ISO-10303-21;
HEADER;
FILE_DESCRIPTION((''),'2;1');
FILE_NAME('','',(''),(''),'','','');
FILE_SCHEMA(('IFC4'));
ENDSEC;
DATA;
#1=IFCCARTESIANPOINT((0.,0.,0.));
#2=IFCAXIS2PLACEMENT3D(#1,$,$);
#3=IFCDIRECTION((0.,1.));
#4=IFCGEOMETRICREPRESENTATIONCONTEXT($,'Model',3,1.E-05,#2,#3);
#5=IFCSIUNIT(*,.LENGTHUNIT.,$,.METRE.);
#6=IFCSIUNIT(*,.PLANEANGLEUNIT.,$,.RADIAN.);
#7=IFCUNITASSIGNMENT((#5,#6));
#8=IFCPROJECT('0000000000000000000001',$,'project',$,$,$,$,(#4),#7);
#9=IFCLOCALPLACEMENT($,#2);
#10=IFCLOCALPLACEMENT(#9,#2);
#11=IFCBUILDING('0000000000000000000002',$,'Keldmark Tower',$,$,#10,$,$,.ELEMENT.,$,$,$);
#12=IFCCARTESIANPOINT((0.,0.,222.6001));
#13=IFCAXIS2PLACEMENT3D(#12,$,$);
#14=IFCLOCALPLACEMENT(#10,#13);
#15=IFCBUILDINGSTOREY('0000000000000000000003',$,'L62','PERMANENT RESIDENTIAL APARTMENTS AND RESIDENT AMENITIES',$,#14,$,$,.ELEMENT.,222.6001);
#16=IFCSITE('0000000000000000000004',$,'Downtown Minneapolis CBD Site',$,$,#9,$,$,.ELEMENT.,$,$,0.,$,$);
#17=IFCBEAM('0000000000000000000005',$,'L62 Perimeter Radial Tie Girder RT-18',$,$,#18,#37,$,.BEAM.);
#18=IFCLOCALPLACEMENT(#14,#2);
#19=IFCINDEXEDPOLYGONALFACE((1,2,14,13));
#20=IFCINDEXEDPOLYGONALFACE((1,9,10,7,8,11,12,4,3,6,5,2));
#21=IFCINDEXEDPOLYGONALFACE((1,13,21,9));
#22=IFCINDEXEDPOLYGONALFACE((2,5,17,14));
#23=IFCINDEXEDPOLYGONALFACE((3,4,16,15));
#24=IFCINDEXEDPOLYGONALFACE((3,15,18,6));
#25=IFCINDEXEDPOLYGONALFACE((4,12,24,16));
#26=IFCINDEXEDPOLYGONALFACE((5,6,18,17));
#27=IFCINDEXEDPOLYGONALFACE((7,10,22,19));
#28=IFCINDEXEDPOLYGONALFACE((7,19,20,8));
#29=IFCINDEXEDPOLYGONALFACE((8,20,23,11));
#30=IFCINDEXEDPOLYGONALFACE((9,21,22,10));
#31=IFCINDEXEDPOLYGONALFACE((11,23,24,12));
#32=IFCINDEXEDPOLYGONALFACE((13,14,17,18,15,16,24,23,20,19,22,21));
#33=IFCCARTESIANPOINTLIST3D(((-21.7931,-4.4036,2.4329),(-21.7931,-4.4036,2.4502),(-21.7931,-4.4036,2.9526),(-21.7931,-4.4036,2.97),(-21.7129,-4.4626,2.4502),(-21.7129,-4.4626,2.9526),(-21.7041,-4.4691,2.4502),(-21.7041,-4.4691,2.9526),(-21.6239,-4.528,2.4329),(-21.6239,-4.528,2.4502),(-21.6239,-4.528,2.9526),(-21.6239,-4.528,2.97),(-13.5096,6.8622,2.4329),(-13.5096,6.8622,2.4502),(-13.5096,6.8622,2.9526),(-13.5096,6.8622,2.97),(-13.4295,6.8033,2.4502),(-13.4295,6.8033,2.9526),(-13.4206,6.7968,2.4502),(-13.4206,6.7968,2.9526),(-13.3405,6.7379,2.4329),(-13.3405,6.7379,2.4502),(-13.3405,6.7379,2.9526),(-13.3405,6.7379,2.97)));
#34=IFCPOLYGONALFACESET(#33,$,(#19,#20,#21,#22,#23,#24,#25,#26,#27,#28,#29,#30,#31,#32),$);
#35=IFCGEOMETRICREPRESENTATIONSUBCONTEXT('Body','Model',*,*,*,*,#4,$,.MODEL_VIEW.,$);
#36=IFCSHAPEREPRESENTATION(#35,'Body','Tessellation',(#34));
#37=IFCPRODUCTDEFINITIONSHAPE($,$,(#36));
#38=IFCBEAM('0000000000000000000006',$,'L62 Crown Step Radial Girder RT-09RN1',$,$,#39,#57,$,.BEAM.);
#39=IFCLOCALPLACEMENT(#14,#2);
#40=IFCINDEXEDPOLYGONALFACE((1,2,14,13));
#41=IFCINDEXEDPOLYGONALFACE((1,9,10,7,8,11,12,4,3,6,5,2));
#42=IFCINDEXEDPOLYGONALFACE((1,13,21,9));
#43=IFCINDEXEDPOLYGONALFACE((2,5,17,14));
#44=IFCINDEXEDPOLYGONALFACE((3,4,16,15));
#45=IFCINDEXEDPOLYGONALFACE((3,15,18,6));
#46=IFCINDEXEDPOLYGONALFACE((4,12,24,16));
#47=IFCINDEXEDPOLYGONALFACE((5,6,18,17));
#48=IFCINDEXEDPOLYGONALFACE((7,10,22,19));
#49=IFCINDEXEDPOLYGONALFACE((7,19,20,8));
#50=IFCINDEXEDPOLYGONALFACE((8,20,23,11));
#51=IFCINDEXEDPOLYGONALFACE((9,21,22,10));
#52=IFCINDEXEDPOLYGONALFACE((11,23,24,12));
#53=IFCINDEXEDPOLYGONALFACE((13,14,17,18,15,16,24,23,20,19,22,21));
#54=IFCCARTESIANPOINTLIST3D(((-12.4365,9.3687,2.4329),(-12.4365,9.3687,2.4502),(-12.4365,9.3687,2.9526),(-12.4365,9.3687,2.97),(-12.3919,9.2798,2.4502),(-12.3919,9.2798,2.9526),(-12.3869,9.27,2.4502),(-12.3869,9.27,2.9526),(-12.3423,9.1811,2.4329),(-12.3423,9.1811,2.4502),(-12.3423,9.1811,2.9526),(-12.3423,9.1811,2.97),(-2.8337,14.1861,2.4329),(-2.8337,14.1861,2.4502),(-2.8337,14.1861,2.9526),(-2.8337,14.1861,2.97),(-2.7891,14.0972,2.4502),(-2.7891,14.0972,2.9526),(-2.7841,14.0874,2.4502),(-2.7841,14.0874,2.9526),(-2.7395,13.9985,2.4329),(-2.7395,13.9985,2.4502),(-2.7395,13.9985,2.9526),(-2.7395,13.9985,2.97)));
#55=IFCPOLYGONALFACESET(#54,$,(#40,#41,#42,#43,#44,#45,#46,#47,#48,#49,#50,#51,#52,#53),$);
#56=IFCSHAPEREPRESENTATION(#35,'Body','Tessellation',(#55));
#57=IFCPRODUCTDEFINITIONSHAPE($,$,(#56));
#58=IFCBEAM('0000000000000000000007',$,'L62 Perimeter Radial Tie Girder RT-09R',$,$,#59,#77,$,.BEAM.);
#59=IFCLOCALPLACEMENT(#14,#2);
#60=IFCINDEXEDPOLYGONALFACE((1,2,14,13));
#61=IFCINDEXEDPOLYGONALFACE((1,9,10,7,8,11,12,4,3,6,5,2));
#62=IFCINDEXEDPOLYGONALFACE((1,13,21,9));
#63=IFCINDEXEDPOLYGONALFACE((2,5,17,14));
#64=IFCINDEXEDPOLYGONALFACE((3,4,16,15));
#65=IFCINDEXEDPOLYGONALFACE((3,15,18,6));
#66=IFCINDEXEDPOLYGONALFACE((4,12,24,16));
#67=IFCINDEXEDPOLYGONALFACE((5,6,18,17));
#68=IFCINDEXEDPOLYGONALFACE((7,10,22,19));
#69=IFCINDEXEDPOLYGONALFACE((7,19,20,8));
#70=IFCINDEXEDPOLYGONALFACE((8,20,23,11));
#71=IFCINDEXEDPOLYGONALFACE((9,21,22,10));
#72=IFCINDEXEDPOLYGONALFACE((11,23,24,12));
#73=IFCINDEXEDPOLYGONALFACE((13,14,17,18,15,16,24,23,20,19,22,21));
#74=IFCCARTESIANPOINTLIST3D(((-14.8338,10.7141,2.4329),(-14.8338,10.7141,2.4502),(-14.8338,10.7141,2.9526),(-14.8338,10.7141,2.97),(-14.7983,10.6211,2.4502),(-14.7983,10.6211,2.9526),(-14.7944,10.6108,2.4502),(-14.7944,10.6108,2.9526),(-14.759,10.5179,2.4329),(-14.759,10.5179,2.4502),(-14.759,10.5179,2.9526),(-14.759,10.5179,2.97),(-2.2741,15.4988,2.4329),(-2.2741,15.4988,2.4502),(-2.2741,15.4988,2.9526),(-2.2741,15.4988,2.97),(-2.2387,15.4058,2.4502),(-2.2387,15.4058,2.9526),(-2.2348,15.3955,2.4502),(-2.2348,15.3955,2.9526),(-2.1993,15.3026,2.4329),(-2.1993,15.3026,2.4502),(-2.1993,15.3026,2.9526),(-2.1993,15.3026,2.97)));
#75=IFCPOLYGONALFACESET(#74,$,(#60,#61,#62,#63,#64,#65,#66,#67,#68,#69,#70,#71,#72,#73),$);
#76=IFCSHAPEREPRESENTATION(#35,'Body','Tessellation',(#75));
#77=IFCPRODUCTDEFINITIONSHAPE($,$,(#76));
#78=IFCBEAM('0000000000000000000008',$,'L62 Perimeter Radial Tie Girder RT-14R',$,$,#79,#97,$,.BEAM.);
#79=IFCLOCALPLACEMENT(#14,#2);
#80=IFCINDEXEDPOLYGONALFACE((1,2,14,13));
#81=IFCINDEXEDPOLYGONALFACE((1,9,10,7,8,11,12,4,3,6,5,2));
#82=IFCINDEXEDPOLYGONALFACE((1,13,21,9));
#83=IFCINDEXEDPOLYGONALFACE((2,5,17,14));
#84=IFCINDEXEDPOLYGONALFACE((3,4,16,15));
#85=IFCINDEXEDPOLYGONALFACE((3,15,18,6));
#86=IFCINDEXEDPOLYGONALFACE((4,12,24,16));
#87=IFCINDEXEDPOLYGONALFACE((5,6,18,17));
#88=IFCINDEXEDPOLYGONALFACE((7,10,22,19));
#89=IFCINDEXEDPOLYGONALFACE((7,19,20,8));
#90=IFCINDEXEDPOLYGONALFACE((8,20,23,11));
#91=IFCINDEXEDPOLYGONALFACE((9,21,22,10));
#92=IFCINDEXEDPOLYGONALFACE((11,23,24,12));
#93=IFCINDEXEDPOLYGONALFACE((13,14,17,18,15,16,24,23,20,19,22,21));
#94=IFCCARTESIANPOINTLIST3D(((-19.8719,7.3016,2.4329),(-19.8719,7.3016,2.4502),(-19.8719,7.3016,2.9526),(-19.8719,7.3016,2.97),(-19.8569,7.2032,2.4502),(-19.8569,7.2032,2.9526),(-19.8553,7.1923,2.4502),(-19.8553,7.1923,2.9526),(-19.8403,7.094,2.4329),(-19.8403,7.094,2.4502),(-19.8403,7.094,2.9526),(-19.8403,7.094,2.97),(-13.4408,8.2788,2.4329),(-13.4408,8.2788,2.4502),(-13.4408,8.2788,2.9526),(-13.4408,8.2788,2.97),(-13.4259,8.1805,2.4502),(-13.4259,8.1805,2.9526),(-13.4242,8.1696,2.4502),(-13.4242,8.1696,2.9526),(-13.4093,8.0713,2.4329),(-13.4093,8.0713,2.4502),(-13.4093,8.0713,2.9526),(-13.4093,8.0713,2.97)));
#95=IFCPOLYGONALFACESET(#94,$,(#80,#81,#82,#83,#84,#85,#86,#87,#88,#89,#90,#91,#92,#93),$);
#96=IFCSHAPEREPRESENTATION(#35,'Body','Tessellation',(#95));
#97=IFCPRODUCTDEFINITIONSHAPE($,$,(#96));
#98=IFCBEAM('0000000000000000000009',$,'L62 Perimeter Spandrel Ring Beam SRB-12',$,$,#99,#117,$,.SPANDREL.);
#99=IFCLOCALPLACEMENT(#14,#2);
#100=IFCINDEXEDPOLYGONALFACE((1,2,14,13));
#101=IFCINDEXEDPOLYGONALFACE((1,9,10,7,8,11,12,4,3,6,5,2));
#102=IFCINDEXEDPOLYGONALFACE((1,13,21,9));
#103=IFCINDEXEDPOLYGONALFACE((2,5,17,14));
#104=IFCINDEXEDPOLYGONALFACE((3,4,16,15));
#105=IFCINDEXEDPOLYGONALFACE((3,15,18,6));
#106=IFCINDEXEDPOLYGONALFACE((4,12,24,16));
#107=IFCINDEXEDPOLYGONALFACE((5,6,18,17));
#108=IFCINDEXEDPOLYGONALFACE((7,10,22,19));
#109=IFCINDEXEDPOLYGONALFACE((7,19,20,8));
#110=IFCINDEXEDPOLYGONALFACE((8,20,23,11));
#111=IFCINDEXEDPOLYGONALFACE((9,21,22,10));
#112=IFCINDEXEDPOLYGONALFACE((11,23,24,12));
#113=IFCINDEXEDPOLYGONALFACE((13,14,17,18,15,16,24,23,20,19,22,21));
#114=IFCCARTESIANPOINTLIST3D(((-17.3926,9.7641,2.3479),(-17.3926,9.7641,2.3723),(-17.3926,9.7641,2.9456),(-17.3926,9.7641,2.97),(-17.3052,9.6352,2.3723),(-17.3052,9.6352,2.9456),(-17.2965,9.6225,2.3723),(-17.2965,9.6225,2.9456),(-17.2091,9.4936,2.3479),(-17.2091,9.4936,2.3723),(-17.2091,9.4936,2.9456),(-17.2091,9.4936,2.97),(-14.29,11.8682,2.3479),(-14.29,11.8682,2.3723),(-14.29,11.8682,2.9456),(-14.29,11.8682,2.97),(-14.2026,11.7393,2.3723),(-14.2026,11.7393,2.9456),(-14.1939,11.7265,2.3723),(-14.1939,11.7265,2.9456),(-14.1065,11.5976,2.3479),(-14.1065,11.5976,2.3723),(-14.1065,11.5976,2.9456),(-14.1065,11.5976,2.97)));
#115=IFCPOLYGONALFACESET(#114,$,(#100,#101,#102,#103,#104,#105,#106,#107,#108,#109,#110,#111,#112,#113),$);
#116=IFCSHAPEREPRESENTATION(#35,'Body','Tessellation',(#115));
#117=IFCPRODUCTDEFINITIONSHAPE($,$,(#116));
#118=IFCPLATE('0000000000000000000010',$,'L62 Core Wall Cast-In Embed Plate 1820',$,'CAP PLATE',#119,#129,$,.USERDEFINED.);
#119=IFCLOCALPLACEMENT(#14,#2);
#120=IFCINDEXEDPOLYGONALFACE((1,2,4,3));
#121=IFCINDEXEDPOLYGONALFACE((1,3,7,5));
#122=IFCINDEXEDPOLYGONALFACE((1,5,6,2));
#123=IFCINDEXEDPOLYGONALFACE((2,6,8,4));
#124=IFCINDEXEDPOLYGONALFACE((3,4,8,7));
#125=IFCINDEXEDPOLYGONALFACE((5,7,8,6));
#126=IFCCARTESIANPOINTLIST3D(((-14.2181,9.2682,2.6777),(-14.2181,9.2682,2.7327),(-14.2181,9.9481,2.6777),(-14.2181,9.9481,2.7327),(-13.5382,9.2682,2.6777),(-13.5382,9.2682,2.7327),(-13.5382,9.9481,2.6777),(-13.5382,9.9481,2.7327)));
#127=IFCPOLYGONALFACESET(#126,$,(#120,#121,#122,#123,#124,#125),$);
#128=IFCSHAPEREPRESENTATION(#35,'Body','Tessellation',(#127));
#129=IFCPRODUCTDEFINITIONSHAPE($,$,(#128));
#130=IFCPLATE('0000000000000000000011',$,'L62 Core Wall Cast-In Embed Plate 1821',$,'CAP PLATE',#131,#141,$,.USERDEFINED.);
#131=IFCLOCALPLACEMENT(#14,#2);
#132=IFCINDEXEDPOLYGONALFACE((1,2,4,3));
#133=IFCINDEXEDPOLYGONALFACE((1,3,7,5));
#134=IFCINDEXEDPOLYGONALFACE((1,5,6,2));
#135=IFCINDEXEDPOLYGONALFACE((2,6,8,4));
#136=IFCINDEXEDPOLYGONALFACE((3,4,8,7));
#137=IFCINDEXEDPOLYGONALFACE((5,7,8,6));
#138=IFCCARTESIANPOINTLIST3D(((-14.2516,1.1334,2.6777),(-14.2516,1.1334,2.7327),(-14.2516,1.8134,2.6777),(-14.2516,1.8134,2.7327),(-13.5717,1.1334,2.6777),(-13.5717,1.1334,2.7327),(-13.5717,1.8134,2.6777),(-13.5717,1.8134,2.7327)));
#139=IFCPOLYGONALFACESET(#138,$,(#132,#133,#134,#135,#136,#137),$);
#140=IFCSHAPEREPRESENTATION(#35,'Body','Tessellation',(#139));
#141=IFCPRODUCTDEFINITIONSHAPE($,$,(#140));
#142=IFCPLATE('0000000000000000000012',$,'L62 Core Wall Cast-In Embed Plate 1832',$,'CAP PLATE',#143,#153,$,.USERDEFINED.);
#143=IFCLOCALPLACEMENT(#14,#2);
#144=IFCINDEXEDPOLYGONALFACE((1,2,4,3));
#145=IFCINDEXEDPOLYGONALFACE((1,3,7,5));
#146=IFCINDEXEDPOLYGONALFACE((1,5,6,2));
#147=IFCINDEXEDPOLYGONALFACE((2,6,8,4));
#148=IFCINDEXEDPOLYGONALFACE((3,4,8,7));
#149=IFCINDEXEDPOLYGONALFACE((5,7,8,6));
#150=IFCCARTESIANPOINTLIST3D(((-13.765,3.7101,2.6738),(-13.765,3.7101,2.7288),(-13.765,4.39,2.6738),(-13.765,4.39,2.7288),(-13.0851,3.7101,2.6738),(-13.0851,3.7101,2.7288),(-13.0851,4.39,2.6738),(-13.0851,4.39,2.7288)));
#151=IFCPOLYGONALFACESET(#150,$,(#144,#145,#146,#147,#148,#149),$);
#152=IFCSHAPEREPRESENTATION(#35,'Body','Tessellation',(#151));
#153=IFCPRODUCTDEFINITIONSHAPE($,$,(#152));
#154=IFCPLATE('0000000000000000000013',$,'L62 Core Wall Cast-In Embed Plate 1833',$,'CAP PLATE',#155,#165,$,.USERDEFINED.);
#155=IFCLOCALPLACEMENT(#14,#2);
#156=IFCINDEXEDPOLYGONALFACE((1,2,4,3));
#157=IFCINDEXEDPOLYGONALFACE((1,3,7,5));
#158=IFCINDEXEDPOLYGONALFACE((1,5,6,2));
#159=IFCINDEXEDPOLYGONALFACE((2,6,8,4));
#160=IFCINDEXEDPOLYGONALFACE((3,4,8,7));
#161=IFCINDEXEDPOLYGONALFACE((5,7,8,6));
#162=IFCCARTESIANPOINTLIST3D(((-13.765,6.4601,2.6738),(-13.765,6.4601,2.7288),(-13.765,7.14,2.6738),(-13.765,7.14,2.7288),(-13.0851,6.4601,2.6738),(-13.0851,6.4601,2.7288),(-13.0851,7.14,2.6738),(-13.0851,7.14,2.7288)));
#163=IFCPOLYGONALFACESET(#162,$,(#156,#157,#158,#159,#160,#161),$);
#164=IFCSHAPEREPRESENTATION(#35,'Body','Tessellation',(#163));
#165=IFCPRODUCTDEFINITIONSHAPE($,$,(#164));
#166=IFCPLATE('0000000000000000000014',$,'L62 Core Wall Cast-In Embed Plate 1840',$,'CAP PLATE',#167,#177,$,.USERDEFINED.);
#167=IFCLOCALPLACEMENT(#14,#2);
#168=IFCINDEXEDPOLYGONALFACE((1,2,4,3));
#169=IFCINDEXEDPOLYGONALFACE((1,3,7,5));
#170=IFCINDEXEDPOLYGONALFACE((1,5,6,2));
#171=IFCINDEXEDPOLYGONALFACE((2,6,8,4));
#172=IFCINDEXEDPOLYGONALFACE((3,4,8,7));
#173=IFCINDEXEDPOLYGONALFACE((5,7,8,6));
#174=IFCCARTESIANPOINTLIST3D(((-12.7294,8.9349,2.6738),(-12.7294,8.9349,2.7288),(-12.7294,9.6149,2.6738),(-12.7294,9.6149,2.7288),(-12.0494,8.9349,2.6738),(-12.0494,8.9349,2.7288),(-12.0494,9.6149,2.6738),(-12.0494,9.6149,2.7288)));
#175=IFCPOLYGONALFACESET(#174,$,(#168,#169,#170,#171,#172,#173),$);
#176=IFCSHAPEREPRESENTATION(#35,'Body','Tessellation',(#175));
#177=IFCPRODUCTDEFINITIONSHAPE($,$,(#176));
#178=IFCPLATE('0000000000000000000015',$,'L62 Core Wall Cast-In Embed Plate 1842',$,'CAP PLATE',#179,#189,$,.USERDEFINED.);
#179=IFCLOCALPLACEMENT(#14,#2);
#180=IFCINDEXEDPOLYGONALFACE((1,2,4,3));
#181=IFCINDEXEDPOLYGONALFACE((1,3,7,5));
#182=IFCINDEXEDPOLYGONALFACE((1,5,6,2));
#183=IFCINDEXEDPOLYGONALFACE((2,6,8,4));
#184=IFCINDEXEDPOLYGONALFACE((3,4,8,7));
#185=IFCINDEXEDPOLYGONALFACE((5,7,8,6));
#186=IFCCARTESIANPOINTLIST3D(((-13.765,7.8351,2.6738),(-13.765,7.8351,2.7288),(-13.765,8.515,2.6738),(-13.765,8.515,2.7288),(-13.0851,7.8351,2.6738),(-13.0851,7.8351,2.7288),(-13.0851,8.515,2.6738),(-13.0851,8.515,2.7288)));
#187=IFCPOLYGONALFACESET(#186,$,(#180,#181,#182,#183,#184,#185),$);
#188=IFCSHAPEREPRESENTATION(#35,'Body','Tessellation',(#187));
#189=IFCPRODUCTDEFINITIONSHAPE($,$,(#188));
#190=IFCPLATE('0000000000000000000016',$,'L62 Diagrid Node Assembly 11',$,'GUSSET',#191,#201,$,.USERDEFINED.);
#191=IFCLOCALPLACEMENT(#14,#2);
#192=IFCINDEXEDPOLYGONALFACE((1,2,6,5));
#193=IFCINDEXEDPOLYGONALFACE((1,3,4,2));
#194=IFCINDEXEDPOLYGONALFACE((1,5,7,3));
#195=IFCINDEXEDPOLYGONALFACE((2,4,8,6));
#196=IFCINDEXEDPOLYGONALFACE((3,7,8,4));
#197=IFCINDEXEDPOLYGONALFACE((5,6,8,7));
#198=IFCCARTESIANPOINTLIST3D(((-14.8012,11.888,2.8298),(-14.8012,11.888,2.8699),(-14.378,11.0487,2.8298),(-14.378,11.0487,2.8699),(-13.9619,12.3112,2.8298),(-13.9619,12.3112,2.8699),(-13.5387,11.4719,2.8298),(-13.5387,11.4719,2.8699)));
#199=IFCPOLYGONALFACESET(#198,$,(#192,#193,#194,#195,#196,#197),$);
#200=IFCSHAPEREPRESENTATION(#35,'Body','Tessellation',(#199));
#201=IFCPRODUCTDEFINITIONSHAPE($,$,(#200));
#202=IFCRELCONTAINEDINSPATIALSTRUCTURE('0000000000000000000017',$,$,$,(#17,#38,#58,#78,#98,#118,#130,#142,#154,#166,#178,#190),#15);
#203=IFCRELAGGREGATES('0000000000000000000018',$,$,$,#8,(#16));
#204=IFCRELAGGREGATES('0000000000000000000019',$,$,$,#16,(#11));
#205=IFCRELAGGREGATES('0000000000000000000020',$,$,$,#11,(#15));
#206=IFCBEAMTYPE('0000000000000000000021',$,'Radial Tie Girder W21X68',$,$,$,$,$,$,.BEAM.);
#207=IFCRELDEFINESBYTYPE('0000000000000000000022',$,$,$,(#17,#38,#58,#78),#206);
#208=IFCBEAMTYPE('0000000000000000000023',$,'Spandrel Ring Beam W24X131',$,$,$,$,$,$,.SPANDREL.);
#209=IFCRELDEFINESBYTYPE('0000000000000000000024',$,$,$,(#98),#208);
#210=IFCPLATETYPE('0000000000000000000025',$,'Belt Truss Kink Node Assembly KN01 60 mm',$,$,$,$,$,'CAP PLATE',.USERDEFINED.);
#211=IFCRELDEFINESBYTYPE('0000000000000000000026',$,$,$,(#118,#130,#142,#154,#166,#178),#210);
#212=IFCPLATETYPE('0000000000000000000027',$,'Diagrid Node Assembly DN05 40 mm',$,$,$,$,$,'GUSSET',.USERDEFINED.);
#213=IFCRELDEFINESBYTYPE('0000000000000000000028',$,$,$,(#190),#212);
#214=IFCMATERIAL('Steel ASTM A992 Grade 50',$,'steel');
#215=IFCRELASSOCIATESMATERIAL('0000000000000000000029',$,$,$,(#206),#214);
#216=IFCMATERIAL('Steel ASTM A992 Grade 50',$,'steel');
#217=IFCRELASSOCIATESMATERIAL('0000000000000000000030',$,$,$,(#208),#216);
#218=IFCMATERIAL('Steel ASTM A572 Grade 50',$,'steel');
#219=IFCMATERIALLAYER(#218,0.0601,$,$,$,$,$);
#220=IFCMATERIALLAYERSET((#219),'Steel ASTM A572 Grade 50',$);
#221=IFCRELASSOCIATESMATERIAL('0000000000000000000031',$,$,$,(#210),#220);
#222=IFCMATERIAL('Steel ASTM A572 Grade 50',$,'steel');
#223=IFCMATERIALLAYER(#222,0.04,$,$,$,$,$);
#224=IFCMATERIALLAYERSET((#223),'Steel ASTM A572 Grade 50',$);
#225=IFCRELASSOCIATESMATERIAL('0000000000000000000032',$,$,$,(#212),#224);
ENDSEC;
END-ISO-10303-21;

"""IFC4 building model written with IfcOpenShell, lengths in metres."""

from ifc_helpers import new_model, si_unit, direction, frame, origin, origin_2d, place, context, subcontext, project, spatial, rectangle, i_section, extrude, material, layer, layer_set, material_profile, profile_set, type_object, element, save


model = new_model("IFC4")

# Units and contexts
model_context = context("Model", 3, precision=1e-05, world=origin(), true_north=direction((0.0, 1.0)))
body_context = subcontext(model_context, "Body", "Model", "MODEL_VIEW")
ifc_project = project(units=[si_unit("LENGTHUNIT", "METRE"), si_unit("PLANEANGLEUNIT", "RADIAN")], contexts=[model_context])

# Site, building, storey
site_placement = place(None, origin())
site = spatial("IfcSite", under=ifc_project, at=site_placement, Name="Downtown Minneapolis CBD Site", CompositionType="ELEMENT", RefElevation=0.0)
building_placement = place(site_placement, origin())
building = spatial("IfcBuilding", under=site, at=building_placement, Name="Keldmark Tower", CompositionType="ELEMENT")
storey_placement = place(building_placement, frame((0.0, 0.0, 222.6001)))
storey = spatial("IfcBuildingStorey", under=building, at=storey_placement, Name="L62", Description="PERMANENT RESIDENTIAL APARTMENTS AND RESIDENT AMENITIES", CompositionType="ELEMENT", Elevation=222.6001)

# Beams
ifc_material_1 = material(Name="Steel ASTM A992 Grade 50", Category="steel")
ifc_material_profile_1 = material_profile(ifc_material_1, i_section(OverallWidth=0.21, OverallDepth=0.5371, WebThickness=0.011, FlangeThickness=0.0173, at=origin_2d()), Name="W21X68")
ifc_profile_set_1 = profile_set([ifc_material_profile_1], Name="Steel ASTM A992 Grade 50")
beam_type_1 = type_object("IfcBeamType", Name="Radial Tie Girder W21X68", PredefinedType="BEAM", material=ifc_profile_set_1)
beam_1_placement = place(storey_placement, frame((-13.425, 6.8, 2.7014), z_axis=(-0.592377, -0.805661, 0.0), x_axis=(0.805661, -0.592377, 0.0)))
element("IfcBeam", 1, at=beam_1_placement, inside=storey, type_object=beam_type_1, Name="L62 Perimeter Radial Tie Girder RT-18", PredefinedType="BEAM", context=body_context, shape_type="SweptSolid", body=[
    extrude(i_section(OverallWidth=0.21, OverallDepth=0.5371, WebThickness=0.011, FlangeThickness=0.0173, at=origin_2d()), origin(), (0.0, 0.0, 1.0), 13.9834),
])
beam_2_placement = place(storey_placement, frame((-12.3894, 9.2749, 2.7014), z_axis=(0.893831, 0.448404, 0.0), x_axis=(-0.448404, 0.893831, 0.0)))
element("IfcBeam", 2, at=beam_2_placement, inside=storey, type_object=beam_type_1, Name="L62 Crown Step Radial Girder RT-09RN1", PredefinedType="BEAM", context=body_context, shape_type="SweptSolid", body=[
    extrude(i_section(OverallWidth=0.21, OverallDepth=0.5371, WebThickness=0.011, FlangeThickness=0.0173, at=origin_2d()), origin(), (0.0, 0.0, 1.0), 10.7434),
])
beam_3_placement = place(storey_placement, frame((-14.7964, 10.616, 2.7014), z_axis=(0.934486, 0.356, 0.0), x_axis=(-0.356, 0.934486, 0.0)))
element("IfcBeam", 3, at=beam_3_placement, inside=storey, type_object=beam_type_1, Name="L62 Perimeter Radial Tie Girder RT-09R", PredefinedType="BEAM", context=body_context, shape_type="SweptSolid", body=[
    extrude(i_section(OverallWidth=0.21, OverallDepth=0.5371, WebThickness=0.011, FlangeThickness=0.0173, at=origin_2d()), origin(), (0.0, 0.0, 1.0), 13.4402),
])
beam_4_placement = place(storey_placement, frame((-13.425, 8.175, 2.7014), z_axis=(-0.98865, -0.150238, 0.0), x_axis=(0.150238, -0.98865, 0.0)))
element("IfcBeam", 4, at=beam_4_placement, inside=storey, type_object=beam_type_1, Name="L62 Perimeter Radial Tie Girder RT-14R", PredefinedType="BEAM", context=body_context, shape_type="SweptSolid", body=[
    extrude(i_section(OverallWidth=0.21, OverallDepth=0.5371, WebThickness=0.011, FlangeThickness=0.0173, at=origin_2d()), origin(), (0.0, 0.0, 1.0), 6.5049),
])
ifc_material_2 = material(Name="Steel ASTM A992 Grade 50", Category="steel")
ifc_material_profile_2 = material_profile(ifc_material_2, i_section(OverallWidth=0.3269, OverallDepth=0.6221, WebThickness=0.0154, FlangeThickness=0.0244, at=origin_2d()), Name="W24X131")
ifc_profile_set_2 = profile_set([ifc_material_profile_2], Name="Steel ASTM A992 Grade 50")
beam_type_2 = type_object("IfcBeamType", Name="Spandrel Ring Beam W24X131", PredefinedType="SPANDREL", material=ifc_profile_set_2)
beam_5_placement = place(storey_placement, frame((-14.1982, 11.7329, 2.6589), z_axis=(-0.827636, -0.561266, 0.0), x_axis=(0.561266, -0.827636, 0.0)))
element("IfcBeam", 5, at=beam_5_placement, inside=storey, type_object=beam_type_2, Name="L62 Perimeter Spandrel Ring Beam SRB-12", PredefinedType="SPANDREL", context=body_context, shape_type="SweptSolid", body=[
    extrude(i_section(OverallWidth=0.3269, OverallDepth=0.6221, WebThickness=0.0154, FlangeThickness=0.0244, at=origin_2d()), origin(), (0.0, 0.0, 1.0), 3.7488),
])

# Plates
ifc_material_3 = material(Name="Steel ASTM A572 Grade 50", Category="steel")
ifc_layer_1 = layer(ifc_material_3, 0.0601)
ifc_layer_set_1 = layer_set([ifc_layer_1], Name="Steel ASTM A572 Grade 50")
plate_type_1 = type_object("IfcPlateType", Name="Belt Truss Kink Node Assembly KN01 60 mm", ElementType="CAP PLATE", PredefinedType="USERDEFINED", material=ifc_layer_set_1)
for number, where, z_axis, x_axis, name in (
    (6, (-13.8782, 9.6082, 2.6777), (0.0, 0.0, 1.0), (1.0, 0.0, 0.0), "L62 Core Wall Cast-In Embed Plate 1820"),
    (7, (-13.9116, 1.4734, 2.6777), (0.0, 0.0, 1.0), (1.0, 0.0, 0.0), "L62 Core Wall Cast-In Embed Plate 1821"),
    (8, (-13.425, 4.05, 2.6738), (0.0, 0.0, 1.0), (1.0, 0.0, 0.0), "L62 Core Wall Cast-In Embed Plate 1832"),
    (9, (-13.425, 6.8, 2.6738), (0.0, 0.0, 1.0), (1.0, 0.0, 0.0), "L62 Core Wall Cast-In Embed Plate 1833"),
    (10, (-12.3894, 9.2749, 2.6738), (0.0, 0.0, 1.0), (1.0, 0.0, 0.0), "L62 Core Wall Cast-In Embed Plate 1840"),
    (11, (-13.425, 8.175, 2.6738), (0.0, 0.0, 1.0), (1.0, 0.0, 0.0), "L62 Core Wall Cast-In Embed Plate 1842"),
):
    element("IfcPlate", number, at=place(storey_placement, frame(where, z_axis=z_axis, x_axis=x_axis)), inside=storey, type_object=plate_type_1, Name=name, ObjectType="CAP PLATE", PredefinedType="USERDEFINED", context=body_context, shape_type="SweptSolid", body=[
        extrude(rectangle(XDim=0.6799, YDim=0.6799, at=origin_2d()), origin(), (0.0, 0.0, 1.0), 0.0549),
    ])
ifc_material_4 = material(Name="Steel ASTM A572 Grade 50", Category="steel")
ifc_layer_2 = layer(ifc_material_4, 0.04)
ifc_layer_set_2 = layer_set([ifc_layer_2], Name="Steel ASTM A572 Grade 50")
plate_type_2 = type_object("IfcPlateType", Name="Diagrid Node Assembly DN05 40 mm", ElementType="GUSSET", PredefinedType="USERDEFINED", material=ifc_layer_set_2)
plate_placement = place(storey_placement, frame((-14.1699, 11.6799, 2.8298), z_axis=(0.0, 0.0, 1.0), x_axis=(-0.8929, -0.450254, 0.0)))
element("IfcPlate", 12, at=plate_placement, inside=storey, type_object=plate_type_2, Name="L62 Diagrid Node Assembly 11", ObjectType="GUSSET", PredefinedType="USERDEFINED", context=body_context, shape_type="SweptSolid", body=[
    extrude(rectangle(XDim=0.9399, YDim=0.9399, at=origin_2d()), origin(), (0.0, 0.0, 1.0), 0.04),
])

save(model, "model.ifc")
